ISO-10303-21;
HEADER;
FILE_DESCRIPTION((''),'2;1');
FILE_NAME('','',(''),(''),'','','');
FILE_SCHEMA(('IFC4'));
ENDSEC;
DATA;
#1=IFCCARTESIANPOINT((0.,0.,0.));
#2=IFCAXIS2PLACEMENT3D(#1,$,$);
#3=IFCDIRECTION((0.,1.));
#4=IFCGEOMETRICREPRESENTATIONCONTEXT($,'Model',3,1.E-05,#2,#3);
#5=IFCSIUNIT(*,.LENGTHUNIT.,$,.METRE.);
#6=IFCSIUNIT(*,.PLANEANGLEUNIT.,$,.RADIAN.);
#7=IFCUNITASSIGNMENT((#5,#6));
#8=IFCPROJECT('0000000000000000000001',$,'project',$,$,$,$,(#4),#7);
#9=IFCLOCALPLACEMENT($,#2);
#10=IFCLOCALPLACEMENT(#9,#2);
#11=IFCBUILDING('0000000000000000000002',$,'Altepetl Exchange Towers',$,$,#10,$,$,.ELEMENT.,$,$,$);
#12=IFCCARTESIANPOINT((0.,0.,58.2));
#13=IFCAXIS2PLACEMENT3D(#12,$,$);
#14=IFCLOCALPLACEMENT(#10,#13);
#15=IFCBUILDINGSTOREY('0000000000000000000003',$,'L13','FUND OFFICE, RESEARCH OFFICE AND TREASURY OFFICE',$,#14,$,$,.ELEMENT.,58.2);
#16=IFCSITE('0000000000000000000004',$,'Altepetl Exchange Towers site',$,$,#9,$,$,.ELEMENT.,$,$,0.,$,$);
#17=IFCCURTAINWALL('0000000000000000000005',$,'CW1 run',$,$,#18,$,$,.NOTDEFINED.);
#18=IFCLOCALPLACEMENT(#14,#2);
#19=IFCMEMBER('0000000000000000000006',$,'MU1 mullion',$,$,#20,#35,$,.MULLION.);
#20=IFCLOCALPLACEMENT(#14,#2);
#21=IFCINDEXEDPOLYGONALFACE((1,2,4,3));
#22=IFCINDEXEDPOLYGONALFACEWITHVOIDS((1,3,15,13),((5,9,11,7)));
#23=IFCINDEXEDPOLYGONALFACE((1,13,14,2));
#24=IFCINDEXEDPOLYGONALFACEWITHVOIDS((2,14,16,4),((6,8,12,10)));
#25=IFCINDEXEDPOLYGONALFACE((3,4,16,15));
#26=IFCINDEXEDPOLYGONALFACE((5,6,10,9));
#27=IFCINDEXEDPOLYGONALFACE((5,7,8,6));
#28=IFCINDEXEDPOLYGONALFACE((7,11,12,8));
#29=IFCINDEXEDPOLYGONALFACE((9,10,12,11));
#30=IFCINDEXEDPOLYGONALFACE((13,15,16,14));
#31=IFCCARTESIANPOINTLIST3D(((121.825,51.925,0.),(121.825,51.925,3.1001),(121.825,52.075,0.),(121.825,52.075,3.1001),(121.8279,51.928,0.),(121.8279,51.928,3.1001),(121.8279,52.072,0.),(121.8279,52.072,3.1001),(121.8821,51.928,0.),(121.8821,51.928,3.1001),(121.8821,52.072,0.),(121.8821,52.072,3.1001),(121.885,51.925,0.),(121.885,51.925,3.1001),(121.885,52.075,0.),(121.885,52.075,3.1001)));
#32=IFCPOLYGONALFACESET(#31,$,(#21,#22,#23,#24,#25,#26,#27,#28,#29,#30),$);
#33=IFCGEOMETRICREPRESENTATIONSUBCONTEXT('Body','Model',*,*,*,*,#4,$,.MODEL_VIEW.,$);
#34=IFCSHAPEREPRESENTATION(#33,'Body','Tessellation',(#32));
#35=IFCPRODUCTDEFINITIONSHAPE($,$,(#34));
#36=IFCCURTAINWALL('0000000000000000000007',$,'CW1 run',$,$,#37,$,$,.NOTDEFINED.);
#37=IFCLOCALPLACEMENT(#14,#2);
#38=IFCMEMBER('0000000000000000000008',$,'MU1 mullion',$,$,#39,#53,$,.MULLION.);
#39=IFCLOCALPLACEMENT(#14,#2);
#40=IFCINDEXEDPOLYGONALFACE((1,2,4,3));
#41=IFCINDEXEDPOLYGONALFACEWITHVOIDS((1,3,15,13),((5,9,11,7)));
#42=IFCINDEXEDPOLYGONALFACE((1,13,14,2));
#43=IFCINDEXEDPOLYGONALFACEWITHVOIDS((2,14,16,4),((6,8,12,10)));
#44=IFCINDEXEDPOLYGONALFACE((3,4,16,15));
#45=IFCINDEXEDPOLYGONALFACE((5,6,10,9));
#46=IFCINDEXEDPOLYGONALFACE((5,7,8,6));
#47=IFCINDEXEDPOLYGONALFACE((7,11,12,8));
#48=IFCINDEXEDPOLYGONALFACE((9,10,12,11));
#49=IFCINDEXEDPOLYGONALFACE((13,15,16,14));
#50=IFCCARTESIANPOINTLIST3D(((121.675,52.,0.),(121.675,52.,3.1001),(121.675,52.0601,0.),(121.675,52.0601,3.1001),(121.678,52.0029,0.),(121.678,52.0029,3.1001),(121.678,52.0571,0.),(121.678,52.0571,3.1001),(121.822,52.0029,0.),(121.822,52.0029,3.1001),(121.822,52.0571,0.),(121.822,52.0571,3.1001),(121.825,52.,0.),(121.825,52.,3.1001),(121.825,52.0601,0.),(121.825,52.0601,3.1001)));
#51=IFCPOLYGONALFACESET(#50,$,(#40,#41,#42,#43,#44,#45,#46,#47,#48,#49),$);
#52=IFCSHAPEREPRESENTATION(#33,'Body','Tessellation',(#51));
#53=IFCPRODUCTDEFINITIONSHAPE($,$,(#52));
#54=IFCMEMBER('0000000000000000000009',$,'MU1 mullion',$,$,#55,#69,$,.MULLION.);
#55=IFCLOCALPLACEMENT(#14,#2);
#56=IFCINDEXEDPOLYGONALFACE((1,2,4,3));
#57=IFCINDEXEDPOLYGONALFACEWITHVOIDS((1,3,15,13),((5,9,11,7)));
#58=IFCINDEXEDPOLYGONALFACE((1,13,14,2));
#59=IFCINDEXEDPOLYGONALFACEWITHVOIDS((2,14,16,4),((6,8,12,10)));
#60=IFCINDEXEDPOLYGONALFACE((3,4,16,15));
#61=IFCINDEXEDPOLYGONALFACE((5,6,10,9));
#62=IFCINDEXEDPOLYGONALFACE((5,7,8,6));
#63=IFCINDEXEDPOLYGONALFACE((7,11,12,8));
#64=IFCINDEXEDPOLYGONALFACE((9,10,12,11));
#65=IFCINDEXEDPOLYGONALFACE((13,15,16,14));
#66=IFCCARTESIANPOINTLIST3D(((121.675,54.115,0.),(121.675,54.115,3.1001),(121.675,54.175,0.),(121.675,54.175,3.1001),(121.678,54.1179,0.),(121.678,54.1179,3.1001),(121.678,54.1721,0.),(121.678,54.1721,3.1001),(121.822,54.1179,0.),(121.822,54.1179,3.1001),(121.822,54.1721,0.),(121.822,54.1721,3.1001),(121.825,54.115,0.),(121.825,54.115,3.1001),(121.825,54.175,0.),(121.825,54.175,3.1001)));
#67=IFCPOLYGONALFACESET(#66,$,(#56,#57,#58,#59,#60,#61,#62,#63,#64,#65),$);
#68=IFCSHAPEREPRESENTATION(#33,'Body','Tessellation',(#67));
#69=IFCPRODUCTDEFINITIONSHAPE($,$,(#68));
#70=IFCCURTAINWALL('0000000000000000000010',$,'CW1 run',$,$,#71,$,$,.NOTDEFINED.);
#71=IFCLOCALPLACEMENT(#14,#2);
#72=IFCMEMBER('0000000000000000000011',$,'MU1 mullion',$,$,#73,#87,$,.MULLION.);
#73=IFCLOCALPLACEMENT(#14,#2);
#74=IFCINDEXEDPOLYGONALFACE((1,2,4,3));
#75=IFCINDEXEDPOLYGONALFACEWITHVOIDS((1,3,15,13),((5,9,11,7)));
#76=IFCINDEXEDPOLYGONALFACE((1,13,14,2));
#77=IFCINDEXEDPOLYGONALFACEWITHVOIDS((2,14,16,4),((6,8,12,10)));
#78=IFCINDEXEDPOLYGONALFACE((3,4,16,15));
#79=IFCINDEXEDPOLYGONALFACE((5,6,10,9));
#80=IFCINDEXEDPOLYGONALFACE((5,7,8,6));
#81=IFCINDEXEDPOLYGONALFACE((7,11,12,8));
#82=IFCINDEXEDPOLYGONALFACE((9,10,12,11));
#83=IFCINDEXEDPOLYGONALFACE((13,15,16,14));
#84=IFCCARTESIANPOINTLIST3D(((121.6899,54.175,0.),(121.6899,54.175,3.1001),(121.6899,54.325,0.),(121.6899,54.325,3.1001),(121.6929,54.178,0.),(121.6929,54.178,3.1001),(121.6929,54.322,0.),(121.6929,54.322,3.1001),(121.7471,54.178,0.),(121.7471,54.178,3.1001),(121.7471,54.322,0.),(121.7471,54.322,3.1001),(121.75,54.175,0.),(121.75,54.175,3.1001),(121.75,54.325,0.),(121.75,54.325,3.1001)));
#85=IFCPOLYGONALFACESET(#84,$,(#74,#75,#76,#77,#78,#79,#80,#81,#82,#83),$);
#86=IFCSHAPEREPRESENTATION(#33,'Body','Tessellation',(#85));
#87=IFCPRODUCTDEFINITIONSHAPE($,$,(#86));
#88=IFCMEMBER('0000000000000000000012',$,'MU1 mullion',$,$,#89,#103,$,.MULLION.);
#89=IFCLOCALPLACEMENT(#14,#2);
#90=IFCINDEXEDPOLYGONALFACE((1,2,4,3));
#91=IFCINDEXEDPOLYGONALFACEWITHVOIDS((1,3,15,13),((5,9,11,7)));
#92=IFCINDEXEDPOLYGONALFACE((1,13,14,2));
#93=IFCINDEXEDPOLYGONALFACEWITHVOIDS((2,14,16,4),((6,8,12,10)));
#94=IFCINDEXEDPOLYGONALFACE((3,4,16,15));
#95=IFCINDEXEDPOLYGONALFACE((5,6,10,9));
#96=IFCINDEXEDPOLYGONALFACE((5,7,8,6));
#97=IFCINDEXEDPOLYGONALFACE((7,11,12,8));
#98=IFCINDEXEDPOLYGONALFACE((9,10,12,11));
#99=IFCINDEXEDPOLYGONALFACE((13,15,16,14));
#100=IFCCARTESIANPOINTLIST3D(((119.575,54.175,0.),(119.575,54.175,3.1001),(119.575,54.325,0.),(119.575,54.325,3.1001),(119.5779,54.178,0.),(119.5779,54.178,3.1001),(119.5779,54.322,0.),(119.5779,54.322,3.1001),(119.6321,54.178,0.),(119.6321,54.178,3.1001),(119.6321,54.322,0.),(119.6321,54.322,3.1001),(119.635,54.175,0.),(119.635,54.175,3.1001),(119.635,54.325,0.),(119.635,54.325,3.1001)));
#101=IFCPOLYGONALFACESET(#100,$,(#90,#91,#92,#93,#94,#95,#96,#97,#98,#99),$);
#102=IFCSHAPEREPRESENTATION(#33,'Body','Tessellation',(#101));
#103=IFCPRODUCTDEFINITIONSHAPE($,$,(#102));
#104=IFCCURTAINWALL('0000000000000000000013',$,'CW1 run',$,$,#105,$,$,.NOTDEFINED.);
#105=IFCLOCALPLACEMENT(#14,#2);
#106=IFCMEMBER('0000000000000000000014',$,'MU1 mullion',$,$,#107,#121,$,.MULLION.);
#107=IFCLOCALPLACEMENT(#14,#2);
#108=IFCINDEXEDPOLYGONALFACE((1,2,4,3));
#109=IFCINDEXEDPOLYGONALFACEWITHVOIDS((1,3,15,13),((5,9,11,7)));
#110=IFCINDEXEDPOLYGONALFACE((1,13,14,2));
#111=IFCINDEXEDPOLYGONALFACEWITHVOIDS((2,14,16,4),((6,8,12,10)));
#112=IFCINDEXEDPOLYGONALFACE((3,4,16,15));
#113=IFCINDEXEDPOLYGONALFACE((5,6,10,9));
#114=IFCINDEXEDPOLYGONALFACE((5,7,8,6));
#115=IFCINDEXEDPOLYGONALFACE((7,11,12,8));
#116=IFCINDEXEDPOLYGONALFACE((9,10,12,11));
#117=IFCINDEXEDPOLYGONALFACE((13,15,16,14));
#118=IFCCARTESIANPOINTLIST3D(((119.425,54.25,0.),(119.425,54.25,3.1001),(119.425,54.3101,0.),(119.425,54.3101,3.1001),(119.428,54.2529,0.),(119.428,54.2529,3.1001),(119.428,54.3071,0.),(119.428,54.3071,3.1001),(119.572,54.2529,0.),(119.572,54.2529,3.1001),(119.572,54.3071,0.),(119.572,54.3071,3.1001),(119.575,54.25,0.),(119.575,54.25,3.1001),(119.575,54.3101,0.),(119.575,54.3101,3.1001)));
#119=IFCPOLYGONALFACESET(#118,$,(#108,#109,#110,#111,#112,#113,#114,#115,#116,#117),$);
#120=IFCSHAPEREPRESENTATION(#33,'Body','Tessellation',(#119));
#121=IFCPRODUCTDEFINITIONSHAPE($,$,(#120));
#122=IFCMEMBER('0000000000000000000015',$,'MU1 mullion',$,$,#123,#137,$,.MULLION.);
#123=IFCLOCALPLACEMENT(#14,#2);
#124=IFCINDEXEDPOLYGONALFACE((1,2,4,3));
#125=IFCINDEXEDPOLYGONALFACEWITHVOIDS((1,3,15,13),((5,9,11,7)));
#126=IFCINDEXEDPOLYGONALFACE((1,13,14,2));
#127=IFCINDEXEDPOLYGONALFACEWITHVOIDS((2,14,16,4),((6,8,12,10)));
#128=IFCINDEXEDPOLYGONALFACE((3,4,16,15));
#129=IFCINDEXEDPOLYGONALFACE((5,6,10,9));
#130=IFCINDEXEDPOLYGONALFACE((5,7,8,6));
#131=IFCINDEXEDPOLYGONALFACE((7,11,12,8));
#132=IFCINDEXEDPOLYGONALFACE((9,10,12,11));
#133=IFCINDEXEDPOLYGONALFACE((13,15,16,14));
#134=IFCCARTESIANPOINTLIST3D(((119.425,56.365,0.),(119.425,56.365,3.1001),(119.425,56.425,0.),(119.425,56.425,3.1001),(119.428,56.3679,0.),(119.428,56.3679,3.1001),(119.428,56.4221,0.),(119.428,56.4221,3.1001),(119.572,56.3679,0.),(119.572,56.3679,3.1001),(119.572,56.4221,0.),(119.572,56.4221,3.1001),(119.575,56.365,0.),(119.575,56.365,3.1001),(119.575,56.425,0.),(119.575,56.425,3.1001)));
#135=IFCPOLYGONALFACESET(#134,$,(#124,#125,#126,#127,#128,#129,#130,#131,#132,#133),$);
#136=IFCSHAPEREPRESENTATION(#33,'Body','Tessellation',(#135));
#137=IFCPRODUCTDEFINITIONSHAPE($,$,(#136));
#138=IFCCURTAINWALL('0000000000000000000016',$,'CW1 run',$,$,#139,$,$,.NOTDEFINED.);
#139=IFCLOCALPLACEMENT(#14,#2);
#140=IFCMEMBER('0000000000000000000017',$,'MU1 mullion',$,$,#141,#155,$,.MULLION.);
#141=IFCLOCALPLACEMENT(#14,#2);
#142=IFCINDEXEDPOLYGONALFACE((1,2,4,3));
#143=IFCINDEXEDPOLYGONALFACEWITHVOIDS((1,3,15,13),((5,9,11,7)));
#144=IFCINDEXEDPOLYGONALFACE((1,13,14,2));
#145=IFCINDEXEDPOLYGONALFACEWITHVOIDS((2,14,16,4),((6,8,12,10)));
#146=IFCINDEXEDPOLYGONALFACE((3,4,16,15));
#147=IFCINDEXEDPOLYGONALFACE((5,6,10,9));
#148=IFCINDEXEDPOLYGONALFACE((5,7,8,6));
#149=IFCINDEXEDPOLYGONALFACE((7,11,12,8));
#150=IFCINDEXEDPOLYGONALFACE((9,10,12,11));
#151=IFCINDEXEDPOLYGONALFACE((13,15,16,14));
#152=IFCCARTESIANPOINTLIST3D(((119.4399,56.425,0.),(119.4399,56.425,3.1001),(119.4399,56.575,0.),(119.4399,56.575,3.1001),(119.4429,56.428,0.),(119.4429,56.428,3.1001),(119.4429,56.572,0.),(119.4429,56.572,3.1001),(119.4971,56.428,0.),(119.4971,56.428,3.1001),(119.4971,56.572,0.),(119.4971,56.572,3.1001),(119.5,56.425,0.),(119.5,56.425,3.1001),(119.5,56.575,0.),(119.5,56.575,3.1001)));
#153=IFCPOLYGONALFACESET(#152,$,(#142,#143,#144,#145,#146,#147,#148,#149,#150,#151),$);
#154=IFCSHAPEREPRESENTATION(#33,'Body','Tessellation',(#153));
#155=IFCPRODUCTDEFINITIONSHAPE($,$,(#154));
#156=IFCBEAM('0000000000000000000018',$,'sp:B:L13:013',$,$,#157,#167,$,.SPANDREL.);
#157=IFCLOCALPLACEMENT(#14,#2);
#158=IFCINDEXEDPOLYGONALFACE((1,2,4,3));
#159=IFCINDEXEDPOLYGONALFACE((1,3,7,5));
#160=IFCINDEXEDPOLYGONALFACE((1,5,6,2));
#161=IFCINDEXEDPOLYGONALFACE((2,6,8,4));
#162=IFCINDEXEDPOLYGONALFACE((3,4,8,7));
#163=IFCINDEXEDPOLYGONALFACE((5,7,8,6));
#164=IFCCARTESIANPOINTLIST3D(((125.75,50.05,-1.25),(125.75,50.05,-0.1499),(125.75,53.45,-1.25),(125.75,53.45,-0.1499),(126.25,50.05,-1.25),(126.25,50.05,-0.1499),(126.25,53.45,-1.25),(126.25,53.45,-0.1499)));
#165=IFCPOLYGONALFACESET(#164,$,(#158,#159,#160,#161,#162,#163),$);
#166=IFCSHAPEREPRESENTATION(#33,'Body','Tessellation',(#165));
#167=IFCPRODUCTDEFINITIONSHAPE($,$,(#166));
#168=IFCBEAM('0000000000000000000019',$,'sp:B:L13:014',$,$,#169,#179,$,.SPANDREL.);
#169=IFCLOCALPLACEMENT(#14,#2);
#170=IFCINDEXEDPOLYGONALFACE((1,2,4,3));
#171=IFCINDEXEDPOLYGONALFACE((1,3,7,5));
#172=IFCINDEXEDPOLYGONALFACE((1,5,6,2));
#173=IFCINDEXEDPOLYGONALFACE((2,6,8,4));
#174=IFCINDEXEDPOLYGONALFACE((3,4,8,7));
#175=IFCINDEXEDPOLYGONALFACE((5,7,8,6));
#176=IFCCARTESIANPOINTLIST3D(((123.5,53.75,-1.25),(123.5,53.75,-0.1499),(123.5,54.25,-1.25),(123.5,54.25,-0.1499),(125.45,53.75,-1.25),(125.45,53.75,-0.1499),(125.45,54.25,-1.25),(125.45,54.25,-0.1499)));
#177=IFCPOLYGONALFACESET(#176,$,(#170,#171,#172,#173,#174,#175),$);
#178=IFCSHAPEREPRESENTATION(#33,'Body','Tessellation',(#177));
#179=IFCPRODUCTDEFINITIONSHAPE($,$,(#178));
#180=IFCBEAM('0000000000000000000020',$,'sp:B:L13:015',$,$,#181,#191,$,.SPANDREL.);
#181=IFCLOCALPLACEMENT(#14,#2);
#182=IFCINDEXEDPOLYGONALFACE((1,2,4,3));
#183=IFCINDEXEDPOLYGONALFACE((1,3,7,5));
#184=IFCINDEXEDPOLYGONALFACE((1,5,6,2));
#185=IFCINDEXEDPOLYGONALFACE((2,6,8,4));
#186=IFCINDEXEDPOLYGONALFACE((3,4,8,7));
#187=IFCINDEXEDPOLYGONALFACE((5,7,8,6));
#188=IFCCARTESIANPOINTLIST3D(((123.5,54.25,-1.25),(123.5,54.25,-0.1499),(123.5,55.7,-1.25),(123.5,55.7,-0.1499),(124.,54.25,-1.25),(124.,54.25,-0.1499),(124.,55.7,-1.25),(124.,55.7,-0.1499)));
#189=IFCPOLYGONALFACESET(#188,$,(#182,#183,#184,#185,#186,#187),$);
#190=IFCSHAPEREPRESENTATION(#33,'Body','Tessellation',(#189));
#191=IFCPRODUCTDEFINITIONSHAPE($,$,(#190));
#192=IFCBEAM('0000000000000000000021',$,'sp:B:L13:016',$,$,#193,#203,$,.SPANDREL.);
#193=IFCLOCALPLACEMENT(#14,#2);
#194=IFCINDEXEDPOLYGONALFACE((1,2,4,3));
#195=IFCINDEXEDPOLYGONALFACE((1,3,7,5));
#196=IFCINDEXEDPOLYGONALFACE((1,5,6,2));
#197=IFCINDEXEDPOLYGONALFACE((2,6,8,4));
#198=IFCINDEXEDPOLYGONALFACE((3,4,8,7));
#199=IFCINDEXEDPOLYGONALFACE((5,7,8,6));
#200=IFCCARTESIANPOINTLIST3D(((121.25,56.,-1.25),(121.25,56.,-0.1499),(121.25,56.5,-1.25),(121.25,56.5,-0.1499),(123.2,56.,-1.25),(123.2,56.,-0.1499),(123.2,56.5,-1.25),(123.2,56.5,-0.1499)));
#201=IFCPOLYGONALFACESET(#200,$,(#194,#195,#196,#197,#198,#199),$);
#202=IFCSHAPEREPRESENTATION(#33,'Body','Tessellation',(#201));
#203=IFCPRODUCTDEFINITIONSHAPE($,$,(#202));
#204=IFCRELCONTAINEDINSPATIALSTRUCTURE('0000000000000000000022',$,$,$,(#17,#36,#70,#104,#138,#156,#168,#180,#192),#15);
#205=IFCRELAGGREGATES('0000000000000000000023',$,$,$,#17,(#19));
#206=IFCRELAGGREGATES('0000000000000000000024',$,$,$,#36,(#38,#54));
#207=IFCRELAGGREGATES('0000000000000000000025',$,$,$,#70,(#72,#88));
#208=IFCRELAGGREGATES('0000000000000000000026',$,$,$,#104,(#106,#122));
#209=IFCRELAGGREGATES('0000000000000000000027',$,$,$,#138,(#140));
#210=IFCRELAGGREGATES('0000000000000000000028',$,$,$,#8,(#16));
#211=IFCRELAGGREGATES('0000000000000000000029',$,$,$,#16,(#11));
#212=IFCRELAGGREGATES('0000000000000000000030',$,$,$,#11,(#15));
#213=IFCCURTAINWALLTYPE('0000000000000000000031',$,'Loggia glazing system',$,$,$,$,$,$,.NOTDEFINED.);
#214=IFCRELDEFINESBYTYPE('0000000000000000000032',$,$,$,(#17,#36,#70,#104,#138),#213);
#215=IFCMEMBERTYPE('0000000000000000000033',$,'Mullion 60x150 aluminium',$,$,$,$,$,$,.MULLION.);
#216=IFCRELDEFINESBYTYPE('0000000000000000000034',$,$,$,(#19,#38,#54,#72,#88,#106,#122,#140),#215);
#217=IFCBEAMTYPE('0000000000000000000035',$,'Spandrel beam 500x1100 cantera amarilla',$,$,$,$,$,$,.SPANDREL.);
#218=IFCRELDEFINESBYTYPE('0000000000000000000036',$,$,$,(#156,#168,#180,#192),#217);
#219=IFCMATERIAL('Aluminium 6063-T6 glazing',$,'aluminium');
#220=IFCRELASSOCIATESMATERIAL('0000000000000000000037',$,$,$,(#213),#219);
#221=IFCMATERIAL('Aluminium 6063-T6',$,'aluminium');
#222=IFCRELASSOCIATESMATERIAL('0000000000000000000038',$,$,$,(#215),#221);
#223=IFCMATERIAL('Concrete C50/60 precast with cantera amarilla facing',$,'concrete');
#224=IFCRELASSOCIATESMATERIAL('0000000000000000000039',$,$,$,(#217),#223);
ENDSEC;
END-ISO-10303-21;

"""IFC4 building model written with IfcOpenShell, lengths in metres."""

from ifc_helpers import new_model, si_unit, direction, frame, origin, origin_2d, place, context, subcontext, project, spatial, rectangle, hollow_rectangle, extrude, material, material_profile, profile_set, type_object, element, aggregate, save


model = new_model("IFC4")

# Units and contexts
model_context = context("Model", 3, precision=1e-05, world=origin(), true_north=direction((0.0, 1.0)))
body_context = subcontext(model_context, "Body", "Model", "MODEL_VIEW")
ifc_project = project(units=[si_unit("LENGTHUNIT", "METRE"), si_unit("PLANEANGLEUNIT", "RADIAN")], contexts=[model_context])

# Site, building, storey
site_placement = place(None, origin())
site = spatial("IfcSite", under=ifc_project, at=site_placement, Name="Altepetl Exchange Towers site", CompositionType="ELEMENT", RefElevation=0.0)
building_placement = place(site_placement, origin())
building = spatial("IfcBuilding", under=site, at=building_placement, Name="Altepetl Exchange Towers", CompositionType="ELEMENT")
storey_placement = place(building_placement, frame((0.0, 0.0, 58.2)))
storey = spatial("IfcBuildingStorey", under=building, at=storey_placement, Name="L13", Description="FUND OFFICE, RESEARCH OFFICE AND TREASURY OFFICE", CompositionType="ELEMENT", Elevation=58.2)

# Curtain walls, members
ifc_material_1 = material(Name="Aluminium 6063-T6 glazing", Category="aluminium")
curtain_wall_type = type_object("IfcCurtainWallType", Name="Loggia glazing system", PredefinedType="NOTDEFINED", material=ifc_material_1)
ifc_material_2 = material(Name="Aluminium 6063-T6", Category="aluminium")
ifc_material_profile_1 = material_profile(ifc_material_2, hollow_rectangle(XDim=0.0601, YDim=0.1499, WallThickness=0.0029, at=origin_2d()), Name="Mullion 60x150 aluminium")
ifc_profile_set_1 = profile_set([ifc_material_profile_1], Name="Aluminium 6063-T6")
member_type = type_object("IfcMemberType", Name="Mullion 60x150 aluminium", PredefinedType="MULLION", material=ifc_profile_set_1)
curtain_wall_1_placement = place(storey_placement, origin())
curtain_wall_1 = element("IfcCurtainWall", 1, at=curtain_wall_1_placement, inside=storey, type_object=curtain_wall_type, Name="CW1 run", PredefinedType="NOTDEFINED")
member_1_placement = place(storey_placement, frame((121.855, 52.0, 0.0), z_axis=(0.0, 0.0, 1.0), x_axis=(-1.0, 0.0, 0.0)))
member_1 = element("IfcMember", 2, at=member_1_placement, type_object=member_type, Name="MU1 mullion", PredefinedType="MULLION", context=body_context, shape_type="SweptSolid", body=[
    extrude(hollow_rectangle(XDim=0.0601, YDim=0.1499, WallThickness=0.0029, at=origin_2d()), origin(), (0.0, 0.0, 1.0), 3.1001),
])
curtain_wall_2_placement = place(storey_placement, origin())
curtain_wall_2 = element("IfcCurtainWall", 3, at=curtain_wall_2_placement, inside=storey, type_object=curtain_wall_type, Name="CW1 run", PredefinedType="NOTDEFINED")
member_2_placement = place(storey_placement, frame((121.75, 52.03, 0.0), z_axis=(0.0, 0.0, 1.0), x_axis=(0.0, 1.0, 0.0)))
member_2 = element("IfcMember", 4, at=member_2_placement, type_object=member_type, Name="MU1 mullion", PredefinedType="MULLION", context=body_context, shape_type="SweptSolid", body=[
    extrude(hollow_rectangle(XDim=0.0601, YDim=0.1499, WallThickness=0.0029, at=origin_2d()), origin(), (0.0, 0.0, 1.0), 3.1001),
])
member_3_placement = place(storey_placement, frame((121.75, 54.145, 0.0), z_axis=(0.0, 0.0, 1.0), x_axis=(0.0, 1.0, 0.0)))
member_3 = element("IfcMember", 5, at=member_3_placement, type_object=member_type, Name="MU1 mullion", PredefinedType="MULLION", context=body_context, shape_type="SweptSolid", body=[
    extrude(hollow_rectangle(XDim=0.0601, YDim=0.1499, WallThickness=0.0029, at=origin_2d()), origin(), (0.0, 0.0, 1.0), 3.1001),
])
curtain_wall_3_placement = place(storey_placement, origin())
curtain_wall_3 = element("IfcCurtainWall", 6, at=curtain_wall_3_placement, inside=storey, type_object=curtain_wall_type, Name="CW1 run", PredefinedType="NOTDEFINED")
member_4_placement = place(storey_placement, frame((121.72, 54.25, 0.0), z_axis=(0.0, 0.0, 1.0), x_axis=(-1.0, 0.0, 0.0)))
member_4 = element("IfcMember", 7, at=member_4_placement, type_object=member_type, Name="MU1 mullion", PredefinedType="MULLION", context=body_context, shape_type="SweptSolid", body=[
    extrude(hollow_rectangle(XDim=0.0601, YDim=0.1499, WallThickness=0.0029, at=origin_2d()), origin(), (0.0, 0.0, 1.0), 3.1001),
])
member_5_placement = place(storey_placement, frame((119.605, 54.25, 0.0), z_axis=(0.0, 0.0, 1.0), x_axis=(-1.0, 0.0, 0.0)))
member_5 = element("IfcMember", 8, at=member_5_placement, type_object=member_type, Name="MU1 mullion", PredefinedType="MULLION", context=body_context, shape_type="SweptSolid", body=[
    extrude(hollow_rectangle(XDim=0.0601, YDim=0.1499, WallThickness=0.0029, at=origin_2d()), origin(), (0.0, 0.0, 1.0), 3.1001),
])
curtain_wall_4_placement = place(storey_placement, origin())
curtain_wall_4 = element("IfcCurtainWall", 9, at=curtain_wall_4_placement, inside=storey, type_object=curtain_wall_type, Name="CW1 run", PredefinedType="NOTDEFINED")
member_6_placement = place(storey_placement, frame((119.5, 54.28, 0.0), z_axis=(0.0, 0.0, 1.0), x_axis=(0.0, 1.0, 0.0)))
member_6 = element("IfcMember", 10, at=member_6_placement, type_object=member_type, Name="MU1 mullion", PredefinedType="MULLION", context=body_context, shape_type="SweptSolid", body=[
    extrude(hollow_rectangle(XDim=0.0601, YDim=0.1499, WallThickness=0.0029, at=origin_2d()), origin(), (0.0, 0.0, 1.0), 3.1001),
])
member_7_placement = place(storey_placement, frame((119.5, 56.395, 0.0), z_axis=(0.0, 0.0, 1.0), x_axis=(0.0, 1.0, 0.0)))
member_7 = element("IfcMember", 11, at=member_7_placement, type_object=member_type, Name="MU1 mullion", PredefinedType="MULLION", context=body_context, shape_type="SweptSolid", body=[
    extrude(hollow_rectangle(XDim=0.0601, YDim=0.1499, WallThickness=0.0029, at=origin_2d()), origin(), (0.0, 0.0, 1.0), 3.1001),
])

# Curtain wall, member
curtain_wall_5_placement = place(storey_placement, origin())
curtain_wall_5 = element("IfcCurtainWall", 12, at=curtain_wall_5_placement, inside=storey, type_object=curtain_wall_type, Name="CW1 run", PredefinedType="NOTDEFINED")
member_8_placement = place(storey_placement, frame((119.47, 56.5, 0.0), z_axis=(0.0, 0.0, 1.0), x_axis=(-1.0, 0.0, 0.0)))
member_8 = element("IfcMember", 13, at=member_8_placement, type_object=member_type, Name="MU1 mullion", PredefinedType="MULLION", context=body_context, shape_type="SweptSolid", body=[
    extrude(hollow_rectangle(XDim=0.0601, YDim=0.1499, WallThickness=0.0029, at=origin_2d()), origin(), (0.0, 0.0, 1.0), 3.1001),
])

# Beams
ifc_material_3 = material(Name="Concrete C50/60 precast with cantera amarilla facing", Category="concrete")
ifc_material_profile_2 = material_profile(ifc_material_3, rectangle(XDim=0.5, YDim=1.1001, at=origin_2d()), Name="500 x 1100")
ifc_profile_set_2 = profile_set([ifc_material_profile_2], Name="Concrete C50/60 precast with cantera amarilla facing")
beam_type_1 = type_object("IfcBeamType", Name="Spandrel beam 500x1100 cantera amarilla", PredefinedType="SPANDREL", material=ifc_profile_set_2)
beam_1_placement = place(storey_placement, frame((126.0, 50.05, -0.7), z_axis=(0.0, 1.0, 0.0), x_axis=(-1.0, 0.0, 0.0)))
element("IfcBeam", 14, at=beam_1_placement, inside=storey, type_object=beam_type_1, Name="sp:B:L13:013", PredefinedType="SPANDREL", context=body_context, shape_type="SweptSolid", body=[
    extrude(rectangle(XDim=0.5, YDim=1.1001, at=origin_2d()), origin(), (0.0, 0.0, 1.0), 3.3999),
])
beam_2_placement = place(storey_placement, frame((125.45, 54.0, -0.7), z_axis=(-1.0, 0.0, 0.0), x_axis=(0.0, -1.0, 0.0)))
element("IfcBeam", 15, at=beam_2_placement, inside=storey, type_object=beam_type_1, Name="sp:B:L13:014", PredefinedType="SPANDREL", context=body_context, shape_type="SweptSolid", body=[
    extrude(rectangle(XDim=0.5, YDim=1.1001, at=origin_2d()), origin(), (0.0, 0.0, 1.0), 1.95),
])
beam_3_placement = place(storey_placement, frame((123.75, 54.25, -0.7), z_axis=(0.0, 1.0, 0.0), x_axis=(-1.0, 0.0, 0.0)))
element("IfcBeam", 16, at=beam_3_placement, inside=storey, type_object=beam_type_1, Name="sp:B:L13:015", PredefinedType="SPANDREL", context=body_context, shape_type="SweptSolid", body=[
    extrude(rectangle(XDim=0.5, YDim=1.1001, at=origin_2d()), origin(), (0.0, 0.0, 1.0), 1.45),
])
beam_4_placement = place(storey_placement, frame((123.2, 56.25, -0.7), z_axis=(-1.0, 0.0, 0.0), x_axis=(0.0, -1.0, 0.0)))
element("IfcBeam", 17, at=beam_4_placement, inside=storey, type_object=beam_type_1, Name="sp:B:L13:016", PredefinedType="SPANDREL", context=body_context, shape_type="SweptSolid", body=[
    extrude(rectangle(XDim=0.5, YDim=1.1001, at=origin_2d()), origin(), (0.0, 0.0, 1.0), 1.95),
])

aggregate(curtain_wall_1, [member_1])
aggregate(curtain_wall_2, [member_2, member_3])
aggregate(curtain_wall_3, [member_4, member_5])
aggregate(curtain_wall_4, [member_6, member_7])
aggregate(curtain_wall_5, [member_8])

save(model, "model.ifc")
